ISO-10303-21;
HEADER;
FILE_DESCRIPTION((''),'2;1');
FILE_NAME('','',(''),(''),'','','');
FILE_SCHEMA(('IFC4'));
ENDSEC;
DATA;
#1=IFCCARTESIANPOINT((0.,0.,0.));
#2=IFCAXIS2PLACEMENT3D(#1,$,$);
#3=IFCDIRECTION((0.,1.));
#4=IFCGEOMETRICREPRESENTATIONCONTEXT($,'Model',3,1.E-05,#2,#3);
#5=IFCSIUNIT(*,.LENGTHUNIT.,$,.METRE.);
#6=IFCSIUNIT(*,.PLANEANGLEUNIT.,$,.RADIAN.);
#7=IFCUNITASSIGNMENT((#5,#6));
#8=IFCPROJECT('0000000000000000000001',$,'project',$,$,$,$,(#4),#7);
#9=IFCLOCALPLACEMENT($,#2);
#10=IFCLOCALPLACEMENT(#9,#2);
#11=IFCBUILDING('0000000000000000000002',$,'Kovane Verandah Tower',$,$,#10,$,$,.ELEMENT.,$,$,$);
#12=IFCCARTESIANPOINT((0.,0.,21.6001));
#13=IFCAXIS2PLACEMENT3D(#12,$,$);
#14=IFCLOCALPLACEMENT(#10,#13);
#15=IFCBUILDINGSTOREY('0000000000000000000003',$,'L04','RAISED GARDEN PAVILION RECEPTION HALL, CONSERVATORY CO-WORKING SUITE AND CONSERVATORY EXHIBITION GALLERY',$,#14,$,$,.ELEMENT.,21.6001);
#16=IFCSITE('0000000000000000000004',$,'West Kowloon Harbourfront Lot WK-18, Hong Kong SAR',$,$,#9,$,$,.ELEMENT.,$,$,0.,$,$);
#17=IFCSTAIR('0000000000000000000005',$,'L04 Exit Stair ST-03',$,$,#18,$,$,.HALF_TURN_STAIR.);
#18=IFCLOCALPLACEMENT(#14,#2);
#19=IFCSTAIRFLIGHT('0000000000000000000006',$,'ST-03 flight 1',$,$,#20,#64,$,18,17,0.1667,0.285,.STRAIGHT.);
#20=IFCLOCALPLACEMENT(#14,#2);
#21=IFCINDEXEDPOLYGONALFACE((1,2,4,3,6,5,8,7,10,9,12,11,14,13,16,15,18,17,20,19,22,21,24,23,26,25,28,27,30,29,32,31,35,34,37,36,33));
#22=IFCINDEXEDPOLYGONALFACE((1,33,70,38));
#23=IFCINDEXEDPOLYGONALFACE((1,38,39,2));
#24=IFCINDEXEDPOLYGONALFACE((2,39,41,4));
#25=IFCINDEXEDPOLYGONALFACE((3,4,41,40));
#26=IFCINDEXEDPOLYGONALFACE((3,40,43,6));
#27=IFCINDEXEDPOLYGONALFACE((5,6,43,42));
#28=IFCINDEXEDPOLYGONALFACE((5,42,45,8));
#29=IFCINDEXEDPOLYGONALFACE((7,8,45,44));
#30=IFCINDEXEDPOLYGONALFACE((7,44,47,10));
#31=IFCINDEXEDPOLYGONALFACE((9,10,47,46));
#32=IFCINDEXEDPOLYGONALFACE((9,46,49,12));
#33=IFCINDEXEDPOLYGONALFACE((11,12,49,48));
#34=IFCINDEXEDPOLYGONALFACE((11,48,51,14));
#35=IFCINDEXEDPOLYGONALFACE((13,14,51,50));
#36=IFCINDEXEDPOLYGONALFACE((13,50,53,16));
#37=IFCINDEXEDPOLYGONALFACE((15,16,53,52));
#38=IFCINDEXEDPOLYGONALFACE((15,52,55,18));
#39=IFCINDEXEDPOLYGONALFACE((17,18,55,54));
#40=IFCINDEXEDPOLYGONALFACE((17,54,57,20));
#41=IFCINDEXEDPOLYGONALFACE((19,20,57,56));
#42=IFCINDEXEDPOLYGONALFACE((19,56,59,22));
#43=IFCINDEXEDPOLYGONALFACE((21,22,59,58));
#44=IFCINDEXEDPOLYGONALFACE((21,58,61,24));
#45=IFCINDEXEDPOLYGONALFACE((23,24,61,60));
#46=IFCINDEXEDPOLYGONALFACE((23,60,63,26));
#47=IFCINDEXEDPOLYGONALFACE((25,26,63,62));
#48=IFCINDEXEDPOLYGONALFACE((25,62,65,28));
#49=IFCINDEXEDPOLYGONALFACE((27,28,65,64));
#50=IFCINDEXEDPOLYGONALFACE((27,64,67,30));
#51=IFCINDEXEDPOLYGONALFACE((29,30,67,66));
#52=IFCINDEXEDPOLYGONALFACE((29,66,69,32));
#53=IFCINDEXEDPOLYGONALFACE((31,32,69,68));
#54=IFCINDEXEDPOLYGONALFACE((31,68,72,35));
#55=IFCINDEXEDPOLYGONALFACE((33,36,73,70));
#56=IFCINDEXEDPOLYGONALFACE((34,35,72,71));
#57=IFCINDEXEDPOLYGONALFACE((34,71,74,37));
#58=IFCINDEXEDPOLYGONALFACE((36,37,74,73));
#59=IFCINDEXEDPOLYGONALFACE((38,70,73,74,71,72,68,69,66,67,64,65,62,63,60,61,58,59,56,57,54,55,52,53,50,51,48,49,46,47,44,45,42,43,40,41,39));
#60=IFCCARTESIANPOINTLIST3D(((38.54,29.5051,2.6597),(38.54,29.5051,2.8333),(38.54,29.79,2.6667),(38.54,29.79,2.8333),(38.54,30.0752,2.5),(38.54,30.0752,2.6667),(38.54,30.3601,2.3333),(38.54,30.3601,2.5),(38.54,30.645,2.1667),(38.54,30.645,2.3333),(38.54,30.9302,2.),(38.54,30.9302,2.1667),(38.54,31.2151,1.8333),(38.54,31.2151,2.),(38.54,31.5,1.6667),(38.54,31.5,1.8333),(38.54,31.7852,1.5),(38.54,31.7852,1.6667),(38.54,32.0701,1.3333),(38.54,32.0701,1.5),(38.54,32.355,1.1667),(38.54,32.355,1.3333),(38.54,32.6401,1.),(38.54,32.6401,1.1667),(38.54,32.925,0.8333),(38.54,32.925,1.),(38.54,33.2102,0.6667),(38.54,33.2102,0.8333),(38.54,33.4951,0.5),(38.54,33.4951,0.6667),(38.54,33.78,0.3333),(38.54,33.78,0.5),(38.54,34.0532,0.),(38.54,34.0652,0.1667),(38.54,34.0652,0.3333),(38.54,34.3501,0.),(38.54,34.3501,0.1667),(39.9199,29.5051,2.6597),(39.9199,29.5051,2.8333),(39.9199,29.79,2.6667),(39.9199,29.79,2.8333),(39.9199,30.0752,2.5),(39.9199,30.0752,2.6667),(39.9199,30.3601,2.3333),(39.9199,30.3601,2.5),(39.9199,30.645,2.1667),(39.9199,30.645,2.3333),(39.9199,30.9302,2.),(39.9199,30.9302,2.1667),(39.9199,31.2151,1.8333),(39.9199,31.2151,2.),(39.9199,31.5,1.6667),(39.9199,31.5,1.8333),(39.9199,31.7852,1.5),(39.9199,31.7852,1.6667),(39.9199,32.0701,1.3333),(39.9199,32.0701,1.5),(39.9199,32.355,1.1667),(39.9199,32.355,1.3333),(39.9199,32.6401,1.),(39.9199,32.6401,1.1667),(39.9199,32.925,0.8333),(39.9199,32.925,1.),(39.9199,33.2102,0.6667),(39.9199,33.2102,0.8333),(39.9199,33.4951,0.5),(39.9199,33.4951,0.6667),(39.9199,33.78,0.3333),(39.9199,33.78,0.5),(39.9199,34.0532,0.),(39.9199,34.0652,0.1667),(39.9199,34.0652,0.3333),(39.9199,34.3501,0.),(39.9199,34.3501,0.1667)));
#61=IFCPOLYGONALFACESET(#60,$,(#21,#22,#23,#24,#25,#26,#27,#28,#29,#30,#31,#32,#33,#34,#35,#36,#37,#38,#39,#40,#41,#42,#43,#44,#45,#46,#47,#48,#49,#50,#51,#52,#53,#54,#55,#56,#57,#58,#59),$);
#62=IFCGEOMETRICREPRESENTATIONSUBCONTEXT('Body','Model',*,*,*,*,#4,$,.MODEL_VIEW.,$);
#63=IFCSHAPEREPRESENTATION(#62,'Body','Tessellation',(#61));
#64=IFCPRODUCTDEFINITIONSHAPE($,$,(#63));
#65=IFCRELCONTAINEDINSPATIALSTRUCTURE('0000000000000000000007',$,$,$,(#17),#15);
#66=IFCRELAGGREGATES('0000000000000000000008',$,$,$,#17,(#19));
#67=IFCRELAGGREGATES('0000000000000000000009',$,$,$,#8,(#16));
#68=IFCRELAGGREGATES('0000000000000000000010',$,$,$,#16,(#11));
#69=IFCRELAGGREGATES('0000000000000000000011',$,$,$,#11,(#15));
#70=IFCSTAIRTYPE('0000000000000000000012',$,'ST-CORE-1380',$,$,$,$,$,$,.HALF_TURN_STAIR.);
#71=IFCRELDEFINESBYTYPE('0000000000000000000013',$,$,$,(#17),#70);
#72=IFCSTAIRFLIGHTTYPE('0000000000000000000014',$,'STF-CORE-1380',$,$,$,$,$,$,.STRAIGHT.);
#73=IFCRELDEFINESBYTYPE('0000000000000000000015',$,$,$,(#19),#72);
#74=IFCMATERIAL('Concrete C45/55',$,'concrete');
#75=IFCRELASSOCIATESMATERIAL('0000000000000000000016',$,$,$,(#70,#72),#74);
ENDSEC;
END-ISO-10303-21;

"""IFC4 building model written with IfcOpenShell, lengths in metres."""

from ifc_helpers import new_model, si_unit, direction, frame, origin, place, context, subcontext, project, spatial, polyline, outline, extrude, material, type_object, element, aggregate, save


model = new_model("IFC4")

# Units and contexts
model_context = context("Model", 3, precision=1e-05, world=origin(), true_north=direction((0.0, 1.0)))
body_context = subcontext(model_context, "Body", "Model", "MODEL_VIEW")
ifc_project = project(units=[si_unit("LENGTHUNIT", "METRE"), si_unit("PLANEANGLEUNIT", "RADIAN")], contexts=[model_context])

# Site, building, storey
site_placement = place(None, origin())
site = spatial("IfcSite", under=ifc_project, at=site_placement, Name="West Kowloon Harbourfront Lot WK-18, Hong Kong SAR", CompositionType="ELEMENT", RefElevation=0.0)
building_placement = place(site_placement, origin())
building = spatial("IfcBuilding", under=site, at=building_placement, Name="Kovane Verandah Tower", CompositionType="ELEMENT")
storey_placement = place(building_placement, frame((0.0, 0.0, 21.6001)))
storey = spatial("IfcBuildingStorey", under=building, at=storey_placement, Name="L04", Description="RAISED GARDEN PAVILION RECEPTION HALL, CONSERVATORY CO-WORKING SUITE AND CONSERVATORY EXHIBITION GALLERY", CompositionType="ELEMENT", Elevation=21.6001)

# Shared definitions
ifc_material_1 = material(Name="Concrete C45/55", Category="concrete")

# Stair, stair flight
stair_type = type_object("IfcStairType", Name="ST-CORE-1380", PredefinedType="HALF_TURN_STAIR", material=ifc_material_1)
stair_placement = place(storey_placement, origin())
stair = element("IfcStair", 1, at=stair_placement, inside=storey, type_object=stair_type, Name="L04 Exit Stair ST-03", PredefinedType="HALF_TURN_STAIR")
stair_flight_type = type_object("IfcStairFlightType", Name="STF-CORE-1380", PredefinedType="STRAIGHT", material=ifc_material_1)
stair_flight_placement = place(storey_placement, frame((39.23, 34.3501, 0.0), z_axis=(0.0, 0.0, 1.0), x_axis=(0.0, -1.0, 0.0)))
stair_flight = element("IfcStairFlight", 2, at=stair_flight_placement, type_object=stair_flight_type, Name="ST-03 flight 1", NumberOfRisers=18, NumberOfTreads=17, PredefinedType="STRAIGHT", RiserHeight=0.1667, TreadLength=0.285, context=body_context, shape_type="SweptSolid", body=[
    extrude(outline(polyline([(0.0, 0.0), (0.0, 0.1667), (0.2849, 0.1667), (0.2849, 0.3333), (0.5701, 0.3333), (0.5701, 0.5), (0.855, 0.5), (0.855, 0.6667), (1.1399, 0.6667), (1.1399, 0.8333), (1.425, 0.8333), (1.425, 1.0), (1.71, 1.0), (1.71, 1.1667), (1.9951, 1.1667), (1.9951, 1.3333), (2.28, 1.3333), (2.28, 1.5), (2.5649, 1.5), (2.5649, 1.6667), (2.8501, 1.6667), (2.8501, 1.8333), (3.135, 1.8333), (3.135, 2.0), (3.4199, 2.0), (3.4199, 2.1667), (3.7051, 2.1667), (3.7051, 2.3333), (3.99, 2.3333), (3.99, 2.5), (4.2749, 2.5), (4.2749, 2.6667), (4.5601, 2.6667), (4.5601, 2.8333), (4.845, 2.8333), (4.845, 3.0), (4.845, 2.6597), (0.2969, 0.0), (0.0, 0.0)])), frame((0.0, 0.6899, 0.0), z_axis=(0.0, -1.0, 0.0), x_axis=(1.0, 0.0, 0.0)), (0.0, 0.0, 1.0), 1.3799),
])
aggregate(stair, [stair_flight])

save(model, "model.ifc")
